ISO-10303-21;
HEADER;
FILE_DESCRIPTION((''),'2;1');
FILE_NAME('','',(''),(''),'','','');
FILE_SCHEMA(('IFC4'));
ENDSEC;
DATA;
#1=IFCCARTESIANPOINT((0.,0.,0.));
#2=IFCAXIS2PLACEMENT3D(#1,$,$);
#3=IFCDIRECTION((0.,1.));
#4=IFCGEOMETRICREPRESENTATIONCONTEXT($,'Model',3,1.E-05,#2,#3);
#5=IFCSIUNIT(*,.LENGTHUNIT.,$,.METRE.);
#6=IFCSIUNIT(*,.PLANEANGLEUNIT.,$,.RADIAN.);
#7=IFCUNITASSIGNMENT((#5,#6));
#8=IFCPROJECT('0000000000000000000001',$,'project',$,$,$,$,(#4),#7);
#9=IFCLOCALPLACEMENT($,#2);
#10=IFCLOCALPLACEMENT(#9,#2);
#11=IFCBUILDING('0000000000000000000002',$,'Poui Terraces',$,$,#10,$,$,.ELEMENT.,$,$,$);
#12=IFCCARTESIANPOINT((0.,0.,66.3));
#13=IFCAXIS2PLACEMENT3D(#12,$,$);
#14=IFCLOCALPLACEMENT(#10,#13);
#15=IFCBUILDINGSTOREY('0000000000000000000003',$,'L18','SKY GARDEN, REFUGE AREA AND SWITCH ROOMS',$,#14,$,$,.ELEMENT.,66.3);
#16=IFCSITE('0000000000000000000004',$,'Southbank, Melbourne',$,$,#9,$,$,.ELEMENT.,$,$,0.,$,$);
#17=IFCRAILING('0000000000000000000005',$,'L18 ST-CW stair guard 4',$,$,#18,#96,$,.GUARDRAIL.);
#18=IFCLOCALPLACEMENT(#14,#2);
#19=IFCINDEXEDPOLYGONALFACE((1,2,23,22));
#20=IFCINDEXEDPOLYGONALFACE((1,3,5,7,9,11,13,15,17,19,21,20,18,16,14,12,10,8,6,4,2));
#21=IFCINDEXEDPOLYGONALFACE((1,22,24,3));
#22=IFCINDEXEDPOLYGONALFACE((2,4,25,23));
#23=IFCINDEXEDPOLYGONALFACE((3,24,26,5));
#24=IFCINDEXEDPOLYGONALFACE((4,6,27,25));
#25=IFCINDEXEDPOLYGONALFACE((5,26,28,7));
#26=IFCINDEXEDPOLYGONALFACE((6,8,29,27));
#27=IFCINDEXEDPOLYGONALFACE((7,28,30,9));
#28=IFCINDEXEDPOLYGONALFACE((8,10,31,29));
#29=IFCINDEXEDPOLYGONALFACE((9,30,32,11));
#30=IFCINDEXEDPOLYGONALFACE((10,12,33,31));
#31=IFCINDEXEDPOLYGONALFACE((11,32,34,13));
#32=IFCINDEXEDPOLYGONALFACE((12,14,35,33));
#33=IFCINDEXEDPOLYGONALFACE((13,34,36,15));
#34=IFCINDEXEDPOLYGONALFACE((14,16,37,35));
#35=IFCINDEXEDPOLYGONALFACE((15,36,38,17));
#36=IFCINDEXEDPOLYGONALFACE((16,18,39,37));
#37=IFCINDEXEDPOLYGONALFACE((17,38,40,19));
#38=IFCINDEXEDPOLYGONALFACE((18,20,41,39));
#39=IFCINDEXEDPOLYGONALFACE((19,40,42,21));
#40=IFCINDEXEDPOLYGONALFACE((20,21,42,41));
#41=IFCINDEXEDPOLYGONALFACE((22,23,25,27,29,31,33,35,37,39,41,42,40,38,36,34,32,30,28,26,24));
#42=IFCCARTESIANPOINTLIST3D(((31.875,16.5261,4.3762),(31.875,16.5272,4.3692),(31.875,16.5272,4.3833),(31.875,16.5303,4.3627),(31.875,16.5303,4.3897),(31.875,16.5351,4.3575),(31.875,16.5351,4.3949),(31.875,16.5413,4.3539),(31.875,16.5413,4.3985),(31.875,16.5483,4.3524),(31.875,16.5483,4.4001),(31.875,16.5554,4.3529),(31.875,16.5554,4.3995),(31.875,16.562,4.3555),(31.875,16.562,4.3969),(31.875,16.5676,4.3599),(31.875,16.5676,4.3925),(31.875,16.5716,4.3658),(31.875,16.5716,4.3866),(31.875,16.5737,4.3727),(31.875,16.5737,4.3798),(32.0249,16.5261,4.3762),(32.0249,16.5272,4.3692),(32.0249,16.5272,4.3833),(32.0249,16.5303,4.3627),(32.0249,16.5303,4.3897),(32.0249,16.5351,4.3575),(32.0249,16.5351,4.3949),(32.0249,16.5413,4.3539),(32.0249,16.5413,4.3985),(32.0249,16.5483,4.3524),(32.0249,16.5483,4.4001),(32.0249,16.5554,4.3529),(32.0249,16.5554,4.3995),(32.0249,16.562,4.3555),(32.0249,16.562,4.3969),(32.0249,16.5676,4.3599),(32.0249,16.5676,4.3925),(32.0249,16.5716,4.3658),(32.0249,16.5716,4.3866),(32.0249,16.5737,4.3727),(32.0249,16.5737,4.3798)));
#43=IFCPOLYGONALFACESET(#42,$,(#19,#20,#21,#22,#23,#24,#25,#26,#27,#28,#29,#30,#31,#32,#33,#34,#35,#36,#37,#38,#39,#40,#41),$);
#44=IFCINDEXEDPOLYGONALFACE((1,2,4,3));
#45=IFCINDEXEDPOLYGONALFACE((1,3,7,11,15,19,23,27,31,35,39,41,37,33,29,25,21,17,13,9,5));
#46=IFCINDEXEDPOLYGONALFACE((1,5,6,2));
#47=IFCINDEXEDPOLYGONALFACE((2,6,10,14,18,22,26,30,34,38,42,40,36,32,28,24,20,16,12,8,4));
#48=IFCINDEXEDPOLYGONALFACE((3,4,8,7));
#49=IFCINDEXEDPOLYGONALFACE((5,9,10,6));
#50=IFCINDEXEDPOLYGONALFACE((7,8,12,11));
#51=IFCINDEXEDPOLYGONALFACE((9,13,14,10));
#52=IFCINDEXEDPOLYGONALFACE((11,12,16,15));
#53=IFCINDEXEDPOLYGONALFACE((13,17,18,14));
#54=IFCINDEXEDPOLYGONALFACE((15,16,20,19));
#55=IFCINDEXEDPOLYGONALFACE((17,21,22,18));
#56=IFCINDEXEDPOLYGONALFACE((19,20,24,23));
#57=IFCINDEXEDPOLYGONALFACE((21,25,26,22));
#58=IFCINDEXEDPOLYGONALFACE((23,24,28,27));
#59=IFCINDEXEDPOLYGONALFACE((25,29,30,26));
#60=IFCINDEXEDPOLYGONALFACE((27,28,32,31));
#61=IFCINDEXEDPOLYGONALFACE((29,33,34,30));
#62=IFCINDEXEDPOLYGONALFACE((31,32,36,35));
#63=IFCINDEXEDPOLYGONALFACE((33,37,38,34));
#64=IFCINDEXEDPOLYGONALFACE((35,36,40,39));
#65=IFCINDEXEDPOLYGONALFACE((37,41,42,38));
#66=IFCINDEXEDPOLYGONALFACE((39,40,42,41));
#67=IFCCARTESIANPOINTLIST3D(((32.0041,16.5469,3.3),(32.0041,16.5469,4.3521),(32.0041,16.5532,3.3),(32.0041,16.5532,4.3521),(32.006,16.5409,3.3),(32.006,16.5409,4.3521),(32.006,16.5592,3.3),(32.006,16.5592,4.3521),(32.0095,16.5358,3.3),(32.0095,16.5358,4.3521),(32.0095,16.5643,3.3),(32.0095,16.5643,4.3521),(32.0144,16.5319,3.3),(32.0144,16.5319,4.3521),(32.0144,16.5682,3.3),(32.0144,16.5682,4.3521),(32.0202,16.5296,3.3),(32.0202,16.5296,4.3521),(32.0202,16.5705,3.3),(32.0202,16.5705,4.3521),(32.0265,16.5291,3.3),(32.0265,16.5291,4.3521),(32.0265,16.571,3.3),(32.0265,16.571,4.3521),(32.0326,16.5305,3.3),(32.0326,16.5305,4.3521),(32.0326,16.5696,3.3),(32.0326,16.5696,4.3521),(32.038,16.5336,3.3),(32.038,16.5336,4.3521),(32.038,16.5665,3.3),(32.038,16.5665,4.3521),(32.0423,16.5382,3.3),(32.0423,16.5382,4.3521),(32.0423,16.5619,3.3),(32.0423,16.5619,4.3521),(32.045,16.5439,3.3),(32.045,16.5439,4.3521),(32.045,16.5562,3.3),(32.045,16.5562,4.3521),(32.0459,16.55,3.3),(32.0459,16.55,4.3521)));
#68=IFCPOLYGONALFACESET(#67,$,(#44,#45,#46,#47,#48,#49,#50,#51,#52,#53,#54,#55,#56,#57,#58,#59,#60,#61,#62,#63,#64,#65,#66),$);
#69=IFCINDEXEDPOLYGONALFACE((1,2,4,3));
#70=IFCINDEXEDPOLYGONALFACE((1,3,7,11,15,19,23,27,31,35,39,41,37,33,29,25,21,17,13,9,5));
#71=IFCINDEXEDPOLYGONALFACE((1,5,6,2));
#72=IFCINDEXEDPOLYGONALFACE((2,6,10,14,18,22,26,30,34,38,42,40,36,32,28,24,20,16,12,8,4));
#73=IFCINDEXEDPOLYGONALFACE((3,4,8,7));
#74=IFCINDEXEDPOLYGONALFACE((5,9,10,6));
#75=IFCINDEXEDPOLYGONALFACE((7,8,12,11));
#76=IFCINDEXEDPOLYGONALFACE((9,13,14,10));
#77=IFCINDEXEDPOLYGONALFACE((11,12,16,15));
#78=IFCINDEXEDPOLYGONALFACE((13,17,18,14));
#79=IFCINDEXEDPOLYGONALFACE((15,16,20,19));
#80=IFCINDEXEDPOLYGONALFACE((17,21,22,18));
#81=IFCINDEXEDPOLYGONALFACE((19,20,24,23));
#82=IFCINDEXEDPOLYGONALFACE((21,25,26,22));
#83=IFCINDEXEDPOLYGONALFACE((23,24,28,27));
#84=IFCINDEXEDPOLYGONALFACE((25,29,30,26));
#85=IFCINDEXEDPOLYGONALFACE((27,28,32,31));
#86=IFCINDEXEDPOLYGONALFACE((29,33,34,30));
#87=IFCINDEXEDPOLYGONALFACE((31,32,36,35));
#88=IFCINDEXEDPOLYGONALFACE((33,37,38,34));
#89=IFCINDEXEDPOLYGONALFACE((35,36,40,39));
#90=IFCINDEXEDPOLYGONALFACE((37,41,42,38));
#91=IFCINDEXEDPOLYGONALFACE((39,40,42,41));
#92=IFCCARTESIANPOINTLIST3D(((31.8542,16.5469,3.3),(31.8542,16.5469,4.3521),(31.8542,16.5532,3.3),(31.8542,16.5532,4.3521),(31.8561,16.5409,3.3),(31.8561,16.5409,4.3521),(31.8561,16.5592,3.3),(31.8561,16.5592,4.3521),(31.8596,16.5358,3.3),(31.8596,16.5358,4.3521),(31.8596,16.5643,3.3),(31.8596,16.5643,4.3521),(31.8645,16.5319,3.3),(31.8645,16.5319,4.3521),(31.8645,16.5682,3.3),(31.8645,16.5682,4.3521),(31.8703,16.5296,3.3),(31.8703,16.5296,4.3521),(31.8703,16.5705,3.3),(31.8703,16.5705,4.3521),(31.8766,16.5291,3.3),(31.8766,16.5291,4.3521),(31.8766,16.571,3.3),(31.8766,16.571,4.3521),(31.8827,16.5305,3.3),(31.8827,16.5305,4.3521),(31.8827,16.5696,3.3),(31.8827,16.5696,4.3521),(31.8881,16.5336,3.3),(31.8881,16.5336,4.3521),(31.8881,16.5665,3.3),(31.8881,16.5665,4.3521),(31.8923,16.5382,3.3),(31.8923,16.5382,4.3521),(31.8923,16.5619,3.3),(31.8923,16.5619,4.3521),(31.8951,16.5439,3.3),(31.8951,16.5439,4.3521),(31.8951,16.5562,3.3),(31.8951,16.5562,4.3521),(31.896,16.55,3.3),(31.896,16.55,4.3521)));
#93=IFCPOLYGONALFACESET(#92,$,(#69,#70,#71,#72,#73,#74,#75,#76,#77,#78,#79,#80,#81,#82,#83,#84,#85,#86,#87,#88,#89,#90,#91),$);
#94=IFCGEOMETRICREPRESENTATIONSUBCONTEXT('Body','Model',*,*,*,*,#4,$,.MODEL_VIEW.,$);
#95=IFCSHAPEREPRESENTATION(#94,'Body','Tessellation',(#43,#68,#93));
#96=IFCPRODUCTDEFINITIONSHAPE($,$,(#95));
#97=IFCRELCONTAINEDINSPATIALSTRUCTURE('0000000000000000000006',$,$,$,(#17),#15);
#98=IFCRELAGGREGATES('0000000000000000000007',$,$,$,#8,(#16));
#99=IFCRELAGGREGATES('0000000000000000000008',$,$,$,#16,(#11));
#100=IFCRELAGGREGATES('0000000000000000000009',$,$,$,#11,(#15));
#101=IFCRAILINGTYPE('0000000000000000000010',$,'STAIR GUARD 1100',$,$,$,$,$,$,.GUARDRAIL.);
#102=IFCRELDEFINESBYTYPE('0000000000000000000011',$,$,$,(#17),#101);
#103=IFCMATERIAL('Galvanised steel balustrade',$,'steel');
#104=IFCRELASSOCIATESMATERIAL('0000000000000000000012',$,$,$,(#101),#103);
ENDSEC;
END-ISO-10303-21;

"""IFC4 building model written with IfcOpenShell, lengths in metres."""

from ifc_helpers import new_model, si_unit, direction, frame, origin, origin_2d, place, context, subcontext, project, spatial, circle, extrude, material, type_object, element, save


model = new_model("IFC4")

# Units and contexts
model_context = context("Model", 3, precision=1e-05, world=origin(), true_north=direction((0.0, 1.0)))
body_context = subcontext(model_context, "Body", "Model", "MODEL_VIEW")
ifc_project = project(units=[si_unit("LENGTHUNIT", "METRE"), si_unit("PLANEANGLEUNIT", "RADIAN")], contexts=[model_context])

# Site, building, storey
site_placement = place(None, origin())
site = spatial("IfcSite", under=ifc_project, at=site_placement, Name="Southbank, Melbourne", CompositionType="ELEMENT", RefElevation=0.0)
building_placement = place(site_placement, origin())
building = spatial("IfcBuilding", under=site, at=building_placement, Name="Poui Terraces", CompositionType="ELEMENT")
storey_placement = place(building_placement, frame((0.0, 0.0, 66.3)))
storey = spatial("IfcBuildingStorey", under=building, at=storey_placement, Name="L18", Description="SKY GARDEN, REFUGE AREA AND SWITCH ROOMS", CompositionType="ELEMENT", Elevation=66.3)

# Railing
ifc_material_1 = material(Name="Galvanised steel balustrade", Category="steel")
railing_type_1 = type_object("IfcRailingType", Name="STAIR GUARD 1100", PredefinedType="GUARDRAIL", material=ifc_material_1)
railing_1_placement = place(storey_placement, frame((32.0249, 16.55, 3.3)))
element("IfcRailing", 1, at=railing_1_placement, inside=storey, type_object=railing_type_1, Name="L18 ST-CW stair guard 4", PredefinedType="GUARDRAIL", context=body_context, shape_type="SweptSolid", body=[
    extrude(circle(Radius=0.0239, at=origin_2d()), frame((0.0, 0.0, 1.0762), z_axis=(-1.0, 0.0, 0.0), x_axis=(0.0, -1.0, 0.0)), (0.0, 0.0, 1.0), 0.1499),
    extrude(circle(Radius=0.021, at=origin_2d()), origin(), (0.0, 0.0, 1.0), 1.052),
    extrude(circle(Radius=0.021, at=origin_2d()), frame((-0.1499, 0.0, 0.0)), (0.0, 0.0, 1.0), 1.052),
])

save(model, "model.ifc")
